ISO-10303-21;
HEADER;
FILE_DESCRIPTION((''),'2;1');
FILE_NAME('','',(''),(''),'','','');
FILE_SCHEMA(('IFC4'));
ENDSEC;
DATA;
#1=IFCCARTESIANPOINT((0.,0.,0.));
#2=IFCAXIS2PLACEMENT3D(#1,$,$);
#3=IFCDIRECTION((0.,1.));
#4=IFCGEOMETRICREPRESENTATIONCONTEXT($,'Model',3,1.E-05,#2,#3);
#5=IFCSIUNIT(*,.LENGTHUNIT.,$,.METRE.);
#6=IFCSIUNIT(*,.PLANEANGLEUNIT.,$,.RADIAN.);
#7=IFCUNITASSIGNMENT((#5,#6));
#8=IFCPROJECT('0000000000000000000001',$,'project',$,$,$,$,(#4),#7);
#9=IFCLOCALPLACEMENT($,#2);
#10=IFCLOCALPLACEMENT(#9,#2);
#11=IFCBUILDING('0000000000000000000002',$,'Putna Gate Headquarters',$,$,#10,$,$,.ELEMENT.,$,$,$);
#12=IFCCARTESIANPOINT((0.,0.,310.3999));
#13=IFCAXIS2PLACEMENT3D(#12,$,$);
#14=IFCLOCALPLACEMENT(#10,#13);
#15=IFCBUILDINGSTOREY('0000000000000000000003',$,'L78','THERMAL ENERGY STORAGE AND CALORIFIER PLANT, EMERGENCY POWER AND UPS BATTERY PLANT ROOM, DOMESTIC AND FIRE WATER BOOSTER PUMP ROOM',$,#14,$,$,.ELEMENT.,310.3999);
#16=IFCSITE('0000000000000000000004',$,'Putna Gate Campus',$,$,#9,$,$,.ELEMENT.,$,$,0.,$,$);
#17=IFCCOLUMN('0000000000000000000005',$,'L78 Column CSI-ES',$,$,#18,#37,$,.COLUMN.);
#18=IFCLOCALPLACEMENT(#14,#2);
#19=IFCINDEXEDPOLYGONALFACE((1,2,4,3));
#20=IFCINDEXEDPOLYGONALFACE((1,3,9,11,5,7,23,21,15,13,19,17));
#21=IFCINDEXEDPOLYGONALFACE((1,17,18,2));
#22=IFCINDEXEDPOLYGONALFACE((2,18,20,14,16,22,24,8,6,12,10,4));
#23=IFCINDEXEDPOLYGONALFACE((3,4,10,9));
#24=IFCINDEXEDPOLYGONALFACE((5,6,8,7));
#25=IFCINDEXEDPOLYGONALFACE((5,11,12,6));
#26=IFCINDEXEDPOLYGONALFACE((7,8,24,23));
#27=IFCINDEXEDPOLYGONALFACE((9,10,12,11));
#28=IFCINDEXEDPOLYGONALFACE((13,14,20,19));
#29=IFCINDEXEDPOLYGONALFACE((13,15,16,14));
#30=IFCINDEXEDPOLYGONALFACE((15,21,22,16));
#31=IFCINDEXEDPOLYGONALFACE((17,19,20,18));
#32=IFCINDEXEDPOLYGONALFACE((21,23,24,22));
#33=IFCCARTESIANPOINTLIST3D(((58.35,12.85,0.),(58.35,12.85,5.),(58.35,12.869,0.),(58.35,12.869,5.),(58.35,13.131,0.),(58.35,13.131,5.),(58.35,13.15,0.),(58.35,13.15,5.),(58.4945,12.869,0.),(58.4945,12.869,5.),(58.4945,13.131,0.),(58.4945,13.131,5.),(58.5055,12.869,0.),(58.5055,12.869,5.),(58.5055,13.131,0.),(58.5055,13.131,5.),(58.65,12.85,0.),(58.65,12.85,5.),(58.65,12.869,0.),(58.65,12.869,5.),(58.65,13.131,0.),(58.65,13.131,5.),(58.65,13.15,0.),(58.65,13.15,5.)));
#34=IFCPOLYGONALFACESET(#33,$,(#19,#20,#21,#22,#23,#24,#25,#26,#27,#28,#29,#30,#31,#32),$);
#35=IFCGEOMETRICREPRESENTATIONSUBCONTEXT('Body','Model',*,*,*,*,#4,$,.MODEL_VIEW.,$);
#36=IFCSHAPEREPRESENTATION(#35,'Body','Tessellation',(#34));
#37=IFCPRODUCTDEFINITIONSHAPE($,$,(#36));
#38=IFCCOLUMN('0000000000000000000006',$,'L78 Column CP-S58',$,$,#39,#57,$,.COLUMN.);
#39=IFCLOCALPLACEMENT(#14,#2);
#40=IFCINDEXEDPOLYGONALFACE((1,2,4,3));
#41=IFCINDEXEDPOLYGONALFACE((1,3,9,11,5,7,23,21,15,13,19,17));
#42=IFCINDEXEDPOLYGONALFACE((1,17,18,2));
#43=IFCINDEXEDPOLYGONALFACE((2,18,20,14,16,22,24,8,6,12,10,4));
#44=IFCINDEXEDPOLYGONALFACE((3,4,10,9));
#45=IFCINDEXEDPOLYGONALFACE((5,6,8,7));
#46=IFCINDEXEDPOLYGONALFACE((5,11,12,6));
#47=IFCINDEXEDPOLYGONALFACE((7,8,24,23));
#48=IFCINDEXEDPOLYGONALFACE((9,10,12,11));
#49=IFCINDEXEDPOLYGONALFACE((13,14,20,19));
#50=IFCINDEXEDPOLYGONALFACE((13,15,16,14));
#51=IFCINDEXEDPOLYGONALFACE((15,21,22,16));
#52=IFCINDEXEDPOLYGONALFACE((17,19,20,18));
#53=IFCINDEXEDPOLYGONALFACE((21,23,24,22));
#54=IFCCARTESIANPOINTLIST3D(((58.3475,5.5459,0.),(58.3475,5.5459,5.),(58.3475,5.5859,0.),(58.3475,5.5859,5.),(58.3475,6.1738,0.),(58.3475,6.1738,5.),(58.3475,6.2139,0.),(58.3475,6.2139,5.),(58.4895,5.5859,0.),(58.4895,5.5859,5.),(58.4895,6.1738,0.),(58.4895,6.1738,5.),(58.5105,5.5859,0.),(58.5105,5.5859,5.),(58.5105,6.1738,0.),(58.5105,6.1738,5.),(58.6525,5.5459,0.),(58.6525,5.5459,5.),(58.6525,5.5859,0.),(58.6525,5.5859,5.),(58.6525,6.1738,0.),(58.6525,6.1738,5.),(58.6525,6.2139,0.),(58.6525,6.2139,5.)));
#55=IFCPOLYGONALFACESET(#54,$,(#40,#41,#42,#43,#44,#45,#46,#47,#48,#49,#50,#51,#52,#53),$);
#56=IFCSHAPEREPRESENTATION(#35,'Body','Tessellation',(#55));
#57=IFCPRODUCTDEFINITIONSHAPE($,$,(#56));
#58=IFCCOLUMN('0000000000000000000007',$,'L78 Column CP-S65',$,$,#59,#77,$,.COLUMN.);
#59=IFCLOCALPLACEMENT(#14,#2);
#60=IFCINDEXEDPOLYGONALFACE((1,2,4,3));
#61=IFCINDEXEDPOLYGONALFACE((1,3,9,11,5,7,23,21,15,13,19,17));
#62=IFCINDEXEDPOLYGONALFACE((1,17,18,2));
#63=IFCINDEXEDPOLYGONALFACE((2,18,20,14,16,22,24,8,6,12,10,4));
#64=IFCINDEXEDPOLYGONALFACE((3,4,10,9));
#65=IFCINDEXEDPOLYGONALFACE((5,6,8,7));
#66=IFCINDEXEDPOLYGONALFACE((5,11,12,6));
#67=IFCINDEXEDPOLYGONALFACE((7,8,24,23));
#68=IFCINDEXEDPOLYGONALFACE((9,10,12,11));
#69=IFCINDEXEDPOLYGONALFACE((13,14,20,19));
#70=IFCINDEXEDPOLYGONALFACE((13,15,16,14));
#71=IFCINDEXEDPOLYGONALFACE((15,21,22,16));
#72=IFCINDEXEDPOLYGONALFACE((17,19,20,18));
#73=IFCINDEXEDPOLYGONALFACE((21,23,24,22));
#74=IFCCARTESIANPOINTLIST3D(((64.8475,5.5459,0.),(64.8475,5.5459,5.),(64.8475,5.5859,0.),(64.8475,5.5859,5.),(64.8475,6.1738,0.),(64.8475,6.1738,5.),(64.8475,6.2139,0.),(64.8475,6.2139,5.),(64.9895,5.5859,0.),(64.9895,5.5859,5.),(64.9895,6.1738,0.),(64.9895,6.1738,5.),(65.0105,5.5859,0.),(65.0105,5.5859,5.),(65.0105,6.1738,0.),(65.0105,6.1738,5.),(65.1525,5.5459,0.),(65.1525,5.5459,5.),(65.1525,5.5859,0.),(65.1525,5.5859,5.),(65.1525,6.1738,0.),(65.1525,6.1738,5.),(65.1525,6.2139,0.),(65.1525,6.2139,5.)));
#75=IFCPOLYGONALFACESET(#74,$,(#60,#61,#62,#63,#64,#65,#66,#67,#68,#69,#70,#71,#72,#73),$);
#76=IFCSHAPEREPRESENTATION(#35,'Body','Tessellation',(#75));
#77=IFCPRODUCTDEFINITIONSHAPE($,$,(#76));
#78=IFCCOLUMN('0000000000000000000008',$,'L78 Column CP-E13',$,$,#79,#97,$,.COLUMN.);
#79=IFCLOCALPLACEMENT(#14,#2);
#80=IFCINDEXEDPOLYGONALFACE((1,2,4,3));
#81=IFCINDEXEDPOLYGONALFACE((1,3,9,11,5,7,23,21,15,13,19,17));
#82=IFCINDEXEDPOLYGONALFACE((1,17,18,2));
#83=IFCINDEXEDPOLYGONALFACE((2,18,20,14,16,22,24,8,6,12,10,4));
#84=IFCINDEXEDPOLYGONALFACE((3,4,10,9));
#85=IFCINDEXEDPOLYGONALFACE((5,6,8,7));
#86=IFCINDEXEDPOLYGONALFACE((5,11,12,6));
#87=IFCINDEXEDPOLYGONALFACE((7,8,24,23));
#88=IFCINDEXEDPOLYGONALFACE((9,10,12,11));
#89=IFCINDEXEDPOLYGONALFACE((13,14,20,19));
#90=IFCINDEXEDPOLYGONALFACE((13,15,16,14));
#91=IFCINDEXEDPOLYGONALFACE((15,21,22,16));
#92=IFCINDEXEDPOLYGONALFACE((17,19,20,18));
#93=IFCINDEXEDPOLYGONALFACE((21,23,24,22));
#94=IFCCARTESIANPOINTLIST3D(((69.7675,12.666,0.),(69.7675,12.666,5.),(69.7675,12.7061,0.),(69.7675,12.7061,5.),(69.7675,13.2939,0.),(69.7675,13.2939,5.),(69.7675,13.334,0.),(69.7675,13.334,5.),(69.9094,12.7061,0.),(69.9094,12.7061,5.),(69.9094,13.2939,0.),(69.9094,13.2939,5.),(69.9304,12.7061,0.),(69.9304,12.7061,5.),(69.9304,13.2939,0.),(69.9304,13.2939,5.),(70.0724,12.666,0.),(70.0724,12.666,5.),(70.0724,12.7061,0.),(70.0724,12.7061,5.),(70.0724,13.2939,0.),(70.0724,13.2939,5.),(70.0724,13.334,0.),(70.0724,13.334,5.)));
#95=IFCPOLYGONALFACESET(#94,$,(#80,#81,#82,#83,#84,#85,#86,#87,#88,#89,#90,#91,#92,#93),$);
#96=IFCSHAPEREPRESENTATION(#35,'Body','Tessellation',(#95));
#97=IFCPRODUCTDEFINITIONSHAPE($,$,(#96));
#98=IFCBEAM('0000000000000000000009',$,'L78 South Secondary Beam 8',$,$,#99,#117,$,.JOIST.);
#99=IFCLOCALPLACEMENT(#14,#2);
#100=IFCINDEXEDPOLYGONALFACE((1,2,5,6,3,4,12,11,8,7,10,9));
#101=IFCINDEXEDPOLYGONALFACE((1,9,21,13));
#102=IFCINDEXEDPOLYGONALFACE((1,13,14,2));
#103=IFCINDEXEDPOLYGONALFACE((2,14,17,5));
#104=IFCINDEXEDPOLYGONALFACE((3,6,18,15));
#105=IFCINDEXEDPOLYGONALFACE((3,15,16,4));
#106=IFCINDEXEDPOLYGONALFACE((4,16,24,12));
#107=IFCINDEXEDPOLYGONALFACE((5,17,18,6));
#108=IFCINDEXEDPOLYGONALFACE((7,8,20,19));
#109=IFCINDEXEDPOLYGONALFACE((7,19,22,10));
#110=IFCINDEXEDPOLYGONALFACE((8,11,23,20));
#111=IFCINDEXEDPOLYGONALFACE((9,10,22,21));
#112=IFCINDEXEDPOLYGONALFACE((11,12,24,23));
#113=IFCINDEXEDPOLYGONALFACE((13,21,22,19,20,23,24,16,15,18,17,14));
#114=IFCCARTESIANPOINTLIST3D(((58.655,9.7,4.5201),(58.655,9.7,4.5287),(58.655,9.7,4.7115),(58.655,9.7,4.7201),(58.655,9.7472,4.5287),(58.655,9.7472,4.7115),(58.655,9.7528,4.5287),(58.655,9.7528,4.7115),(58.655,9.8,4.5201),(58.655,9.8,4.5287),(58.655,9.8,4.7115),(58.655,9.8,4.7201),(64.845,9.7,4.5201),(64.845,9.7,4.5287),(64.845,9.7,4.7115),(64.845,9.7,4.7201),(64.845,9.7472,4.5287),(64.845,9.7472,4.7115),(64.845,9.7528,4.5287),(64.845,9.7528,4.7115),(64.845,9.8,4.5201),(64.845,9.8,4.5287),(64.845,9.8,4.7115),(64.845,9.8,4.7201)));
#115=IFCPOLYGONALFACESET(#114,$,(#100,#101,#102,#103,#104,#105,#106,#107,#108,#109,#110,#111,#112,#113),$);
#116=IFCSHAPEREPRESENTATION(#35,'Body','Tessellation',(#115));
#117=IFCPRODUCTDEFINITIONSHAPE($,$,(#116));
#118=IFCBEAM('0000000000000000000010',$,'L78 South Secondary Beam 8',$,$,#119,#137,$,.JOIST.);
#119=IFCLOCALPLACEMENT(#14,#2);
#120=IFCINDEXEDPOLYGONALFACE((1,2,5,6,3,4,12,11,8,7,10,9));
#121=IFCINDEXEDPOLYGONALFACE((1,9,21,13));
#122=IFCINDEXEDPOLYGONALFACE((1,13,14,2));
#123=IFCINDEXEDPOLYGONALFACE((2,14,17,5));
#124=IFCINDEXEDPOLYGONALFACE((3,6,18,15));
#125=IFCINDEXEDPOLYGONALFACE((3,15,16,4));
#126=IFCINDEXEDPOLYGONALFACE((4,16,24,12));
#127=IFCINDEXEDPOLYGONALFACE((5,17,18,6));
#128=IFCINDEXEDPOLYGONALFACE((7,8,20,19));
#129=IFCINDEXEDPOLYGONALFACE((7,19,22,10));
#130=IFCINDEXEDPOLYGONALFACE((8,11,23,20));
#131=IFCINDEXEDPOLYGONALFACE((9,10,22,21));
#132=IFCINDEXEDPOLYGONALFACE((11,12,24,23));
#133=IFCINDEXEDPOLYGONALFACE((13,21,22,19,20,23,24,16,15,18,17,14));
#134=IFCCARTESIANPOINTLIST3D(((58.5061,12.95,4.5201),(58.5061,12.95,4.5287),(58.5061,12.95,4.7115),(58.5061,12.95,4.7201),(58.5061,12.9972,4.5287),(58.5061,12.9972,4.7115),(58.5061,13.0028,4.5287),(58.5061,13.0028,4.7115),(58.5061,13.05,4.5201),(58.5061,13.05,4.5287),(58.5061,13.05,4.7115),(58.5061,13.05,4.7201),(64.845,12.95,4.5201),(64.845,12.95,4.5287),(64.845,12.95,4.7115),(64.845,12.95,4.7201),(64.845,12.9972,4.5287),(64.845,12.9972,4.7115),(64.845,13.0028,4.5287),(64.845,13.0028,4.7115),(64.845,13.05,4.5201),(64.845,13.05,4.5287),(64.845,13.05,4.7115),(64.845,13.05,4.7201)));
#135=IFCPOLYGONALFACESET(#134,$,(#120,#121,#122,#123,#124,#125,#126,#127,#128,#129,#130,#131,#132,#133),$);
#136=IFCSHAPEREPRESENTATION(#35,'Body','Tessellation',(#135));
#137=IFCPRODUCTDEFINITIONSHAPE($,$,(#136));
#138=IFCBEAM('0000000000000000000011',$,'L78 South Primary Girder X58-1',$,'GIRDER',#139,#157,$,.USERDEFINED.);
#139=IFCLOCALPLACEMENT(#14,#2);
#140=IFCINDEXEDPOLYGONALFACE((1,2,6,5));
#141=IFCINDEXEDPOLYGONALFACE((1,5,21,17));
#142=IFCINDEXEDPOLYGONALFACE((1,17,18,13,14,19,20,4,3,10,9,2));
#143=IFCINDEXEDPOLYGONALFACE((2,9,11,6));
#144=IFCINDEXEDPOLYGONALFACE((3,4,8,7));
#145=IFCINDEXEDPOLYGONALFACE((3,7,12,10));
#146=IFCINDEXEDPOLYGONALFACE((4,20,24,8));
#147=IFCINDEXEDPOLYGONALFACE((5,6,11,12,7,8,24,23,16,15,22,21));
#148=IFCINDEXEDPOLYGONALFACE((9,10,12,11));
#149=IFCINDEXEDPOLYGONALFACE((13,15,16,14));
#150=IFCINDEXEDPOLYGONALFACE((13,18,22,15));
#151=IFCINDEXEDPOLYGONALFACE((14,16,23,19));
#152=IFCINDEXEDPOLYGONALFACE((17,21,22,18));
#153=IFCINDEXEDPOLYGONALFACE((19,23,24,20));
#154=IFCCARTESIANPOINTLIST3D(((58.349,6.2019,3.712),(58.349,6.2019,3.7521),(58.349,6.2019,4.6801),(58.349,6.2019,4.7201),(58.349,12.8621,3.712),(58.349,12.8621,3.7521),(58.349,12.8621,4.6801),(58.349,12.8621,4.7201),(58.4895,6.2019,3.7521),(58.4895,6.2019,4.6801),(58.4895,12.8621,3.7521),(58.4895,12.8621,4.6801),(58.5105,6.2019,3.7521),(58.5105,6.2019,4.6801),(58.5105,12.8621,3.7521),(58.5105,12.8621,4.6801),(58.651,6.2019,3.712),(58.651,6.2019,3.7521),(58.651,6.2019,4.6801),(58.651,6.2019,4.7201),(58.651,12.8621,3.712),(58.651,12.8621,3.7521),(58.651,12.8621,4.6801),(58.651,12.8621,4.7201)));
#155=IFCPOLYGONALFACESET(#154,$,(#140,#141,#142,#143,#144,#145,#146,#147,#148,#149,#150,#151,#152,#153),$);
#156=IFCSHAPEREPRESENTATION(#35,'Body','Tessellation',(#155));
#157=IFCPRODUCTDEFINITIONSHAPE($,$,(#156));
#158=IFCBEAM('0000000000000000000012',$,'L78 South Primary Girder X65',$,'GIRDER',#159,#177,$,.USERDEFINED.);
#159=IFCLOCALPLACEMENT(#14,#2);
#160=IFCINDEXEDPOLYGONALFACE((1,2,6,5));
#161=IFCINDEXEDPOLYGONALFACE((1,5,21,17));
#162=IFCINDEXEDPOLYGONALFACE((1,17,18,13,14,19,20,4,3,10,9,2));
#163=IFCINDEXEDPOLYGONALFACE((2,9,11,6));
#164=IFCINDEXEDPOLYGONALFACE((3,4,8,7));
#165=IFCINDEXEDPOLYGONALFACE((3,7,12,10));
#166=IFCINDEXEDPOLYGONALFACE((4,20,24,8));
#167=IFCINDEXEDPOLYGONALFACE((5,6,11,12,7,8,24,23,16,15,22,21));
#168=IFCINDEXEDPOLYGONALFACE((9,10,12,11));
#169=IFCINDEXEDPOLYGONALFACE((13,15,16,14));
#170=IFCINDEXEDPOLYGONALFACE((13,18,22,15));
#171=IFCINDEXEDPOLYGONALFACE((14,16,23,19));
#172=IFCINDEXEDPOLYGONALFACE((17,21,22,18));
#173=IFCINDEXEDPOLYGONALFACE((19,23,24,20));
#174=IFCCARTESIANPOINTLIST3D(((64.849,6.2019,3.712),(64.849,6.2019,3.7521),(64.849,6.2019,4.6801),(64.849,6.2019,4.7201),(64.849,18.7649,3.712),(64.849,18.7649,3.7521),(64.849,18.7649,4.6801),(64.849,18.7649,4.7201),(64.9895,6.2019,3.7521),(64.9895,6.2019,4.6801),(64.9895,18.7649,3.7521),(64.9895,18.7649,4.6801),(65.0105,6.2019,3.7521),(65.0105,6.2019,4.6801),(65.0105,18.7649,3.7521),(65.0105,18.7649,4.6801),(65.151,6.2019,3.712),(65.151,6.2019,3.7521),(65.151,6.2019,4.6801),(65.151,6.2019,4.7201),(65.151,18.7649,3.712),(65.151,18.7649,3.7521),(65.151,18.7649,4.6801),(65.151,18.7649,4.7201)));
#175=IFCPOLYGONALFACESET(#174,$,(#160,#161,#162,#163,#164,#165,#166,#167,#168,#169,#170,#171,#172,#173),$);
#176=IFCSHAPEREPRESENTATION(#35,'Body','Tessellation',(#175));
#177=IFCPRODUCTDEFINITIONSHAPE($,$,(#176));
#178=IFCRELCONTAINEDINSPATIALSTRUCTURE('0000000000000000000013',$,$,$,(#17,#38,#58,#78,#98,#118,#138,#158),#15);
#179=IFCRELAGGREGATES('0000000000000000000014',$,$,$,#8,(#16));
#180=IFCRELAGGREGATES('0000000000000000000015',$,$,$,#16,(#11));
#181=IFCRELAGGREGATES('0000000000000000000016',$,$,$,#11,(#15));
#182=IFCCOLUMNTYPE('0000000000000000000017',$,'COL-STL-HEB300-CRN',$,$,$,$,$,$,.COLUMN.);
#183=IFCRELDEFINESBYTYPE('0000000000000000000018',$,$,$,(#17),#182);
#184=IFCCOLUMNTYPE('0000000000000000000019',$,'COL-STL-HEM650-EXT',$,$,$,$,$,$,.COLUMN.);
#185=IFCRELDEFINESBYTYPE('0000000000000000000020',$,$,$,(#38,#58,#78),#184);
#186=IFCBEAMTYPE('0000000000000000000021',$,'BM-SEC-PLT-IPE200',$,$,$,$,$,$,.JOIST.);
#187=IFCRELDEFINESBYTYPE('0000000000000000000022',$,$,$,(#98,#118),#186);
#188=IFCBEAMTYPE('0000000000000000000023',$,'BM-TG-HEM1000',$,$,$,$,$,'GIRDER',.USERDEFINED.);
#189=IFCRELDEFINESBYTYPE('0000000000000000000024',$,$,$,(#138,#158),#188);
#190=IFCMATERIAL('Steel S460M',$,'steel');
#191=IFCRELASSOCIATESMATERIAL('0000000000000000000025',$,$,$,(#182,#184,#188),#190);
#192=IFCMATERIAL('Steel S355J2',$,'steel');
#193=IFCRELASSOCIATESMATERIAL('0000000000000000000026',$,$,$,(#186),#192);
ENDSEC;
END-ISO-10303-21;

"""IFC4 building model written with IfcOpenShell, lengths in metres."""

from ifc_helpers import new_model, si_unit, direction, frame, origin, origin_2d, place, context, subcontext, project, spatial, i_section, extrude, material, material_profile, profile_set, type_object, element, save


model = new_model("IFC4")

# Units and contexts
model_context = context("Model", 3, precision=1e-05, world=origin(), true_north=direction((0.0, 1.0)))
body_context = subcontext(model_context, "Body", "Model", "MODEL_VIEW")
ifc_project = project(units=[si_unit("LENGTHUNIT", "METRE"), si_unit("PLANEANGLEUNIT", "RADIAN")], contexts=[model_context])

# Site, building, storey
site_placement = place(None, origin())
site = spatial("IfcSite", under=ifc_project, at=site_placement, Name="Putna Gate Campus", CompositionType="ELEMENT", RefElevation=0.0)
building_placement = place(site_placement, origin())
building = spatial("IfcBuilding", under=site, at=building_placement, Name="Putna Gate Headquarters", CompositionType="ELEMENT")
storey_placement = place(building_placement, frame((0.0, 0.0, 310.3999)))
storey = spatial("IfcBuildingStorey", under=building, at=storey_placement, Name="L78", Description="THERMAL ENERGY STORAGE AND CALORIFIER PLANT, EMERGENCY POWER AND UPS BATTERY PLANT ROOM, DOMESTIC AND FIRE WATER BOOSTER PUMP ROOM", CompositionType="ELEMENT", Elevation=310.3999)

# Columns
ifc_material_1 = material(Name="Steel S460M", Category="steel")
ifc_material_profile_1 = material_profile(ifc_material_1, i_section(OverallWidth=0.3, OverallDepth=0.3, WebThickness=0.011, FlangeThickness=0.019, at=origin_2d()), Name="Steel S460M")
ifc_profile_set_1 = profile_set([ifc_material_profile_1], Name="Steel S460M")
column_type_1 = type_object("IfcColumnType", Name="COL-STL-HEB300-CRN", PredefinedType="COLUMN", material=ifc_profile_set_1)
column_placement = place(storey_placement, frame((58.5, 13.0, 0.0), z_axis=(0.0, 0.0, 1.0), x_axis=(1.0, 0.0, 0.0)))
element("IfcColumn", 1, at=column_placement, inside=storey, type_object=column_type_1, Name="L78 Column CSI-ES", PredefinedType="COLUMN", context=body_context, shape_type="SweptSolid", body=[
    extrude(i_section(OverallWidth=0.3, OverallDepth=0.3, WebThickness=0.011, FlangeThickness=0.019, at=origin_2d()), origin(), (0.0, 0.0, 1.0), 5.0),
])
ifc_material_profile_2 = material_profile(ifc_material_1, i_section(OverallWidth=0.3049, OverallDepth=0.668, WebThickness=0.021, FlangeThickness=0.04, at=origin_2d()), Name="Steel S460M")
ifc_profile_set_2 = profile_set([ifc_material_profile_2], Name="Steel S460M")
column_type_2 = type_object("IfcColumnType", Name="COL-STL-HEM650-EXT", PredefinedType="COLUMN", material=ifc_profile_set_2)
for number, where, z_axis, x_axis, name in (
    (2, (58.5, 5.8799, 0.0), (0.0, 0.0, 1.0), (1.0, 0.0, 0.0), "L78 Column CP-S58"),
    (3, (65.0, 5.8799, 0.0), (0.0, 0.0, 1.0), (1.0, 0.0, 0.0), "L78 Column CP-S65"),
    (4, (69.9199, 13.0, 0.0), (0.0, 0.0, 1.0), (1.0, 0.0, 0.0), "L78 Column CP-E13"),
):
    element("IfcColumn", number, at=place(storey_placement, frame(where, z_axis=z_axis, x_axis=x_axis)), inside=storey, type_object=column_type_2, Name=name, PredefinedType="COLUMN", context=body_context, shape_type="SweptSolid", body=[
        extrude(i_section(OverallWidth=0.3049, OverallDepth=0.668, WebThickness=0.021, FlangeThickness=0.04, at=origin_2d()), origin(), (0.0, 0.0, 1.0), 5.0),
    ])

# Beams
ifc_material_2 = material(Name="Steel S355J2", Category="steel")
ifc_material_profile_3 = material_profile(ifc_material_2, i_section(OverallWidth=0.1001, OverallDepth=0.2, WebThickness=0.0056, FlangeThickness=0.0085, at=origin_2d()), Name="Steel S355J2")
ifc_profile_set_3 = profile_set([ifc_material_profile_3], Name="Steel S355J2")
beam_type_1 = type_object("IfcBeamType", Name="BM-SEC-PLT-IPE200", PredefinedType="JOIST", material=ifc_profile_set_3)
beam_1_placement = place(storey_placement, frame((58.655, 9.75, 4.6201), z_axis=(1.0, 0.0, 0.0), x_axis=(0.0, 1.0, 0.0)))
element("IfcBeam", 5, at=beam_1_placement, inside=storey, type_object=beam_type_1, Name="L78 South Secondary Beam 8", PredefinedType="JOIST", context=body_context, shape_type="SweptSolid", body=[
    extrude(i_section(OverallWidth=0.1001, OverallDepth=0.2, WebThickness=0.0056, FlangeThickness=0.0085, at=origin_2d()), origin(), (0.0, 0.0, 1.0), 6.1899),
])
beam_2_placement = place(storey_placement, frame((58.5061, 13.0, 4.6201), z_axis=(1.0, 0.0, 0.0), x_axis=(0.0, 1.0, 0.0)))
element("IfcBeam", 6, at=beam_2_placement, inside=storey, type_object=beam_type_1, Name="L78 South Secondary Beam 8", PredefinedType="JOIST", context=body_context, shape_type="SweptSolid", body=[
    extrude(i_section(OverallWidth=0.1001, OverallDepth=0.2, WebThickness=0.0056, FlangeThickness=0.0085, at=origin_2d()), origin(), (0.0, 0.0, 1.0), 6.3389),
])
ifc_material_profile_4 = material_profile(ifc_material_1, i_section(OverallWidth=0.302, OverallDepth=1.0081, WebThickness=0.021, FlangeThickness=0.04, at=origin_2d()), Name="Steel S460M")
ifc_profile_set_4 = profile_set([ifc_material_profile_4], Name="Steel S460M")
beam_type_2 = type_object("IfcBeamType", Name="BM-TG-HEM1000", ElementType="GIRDER", PredefinedType="USERDEFINED", material=ifc_profile_set_4)
beam_3_placement = place(storey_placement, frame((58.5, 6.2019, 4.2161), z_axis=(0.0, 1.0, 0.0), x_axis=(-1.0, 0.0, 0.0)))
element("IfcBeam", 7, at=beam_3_placement, inside=storey, type_object=beam_type_2, Name="L78 South Primary Girder X58-1", ObjectType="GIRDER", PredefinedType="USERDEFINED", context=body_context, shape_type="SweptSolid", body=[
    extrude(i_section(OverallWidth=0.302, OverallDepth=1.0081, WebThickness=0.021, FlangeThickness=0.04, at=origin_2d()), origin(), (0.0, 0.0, 1.0), 6.6602),
])
beam_4_placement = place(storey_placement, frame((65.0, 6.2019, 4.2161), z_axis=(0.0, 1.0, 0.0), x_axis=(-1.0, 0.0, 0.0)))
element("IfcBeam", 8, at=beam_4_placement, inside=storey, type_object=beam_type_2, Name="L78 South Primary Girder X65", ObjectType="GIRDER", PredefinedType="USERDEFINED", context=body_context, shape_type="SweptSolid", body=[
    extrude(i_section(OverallWidth=0.302, OverallDepth=1.0081, WebThickness=0.021, FlangeThickness=0.04, at=origin_2d()), origin(), (0.0, 0.0, 1.0), 12.563),
])

save(model, "model.ifc")
